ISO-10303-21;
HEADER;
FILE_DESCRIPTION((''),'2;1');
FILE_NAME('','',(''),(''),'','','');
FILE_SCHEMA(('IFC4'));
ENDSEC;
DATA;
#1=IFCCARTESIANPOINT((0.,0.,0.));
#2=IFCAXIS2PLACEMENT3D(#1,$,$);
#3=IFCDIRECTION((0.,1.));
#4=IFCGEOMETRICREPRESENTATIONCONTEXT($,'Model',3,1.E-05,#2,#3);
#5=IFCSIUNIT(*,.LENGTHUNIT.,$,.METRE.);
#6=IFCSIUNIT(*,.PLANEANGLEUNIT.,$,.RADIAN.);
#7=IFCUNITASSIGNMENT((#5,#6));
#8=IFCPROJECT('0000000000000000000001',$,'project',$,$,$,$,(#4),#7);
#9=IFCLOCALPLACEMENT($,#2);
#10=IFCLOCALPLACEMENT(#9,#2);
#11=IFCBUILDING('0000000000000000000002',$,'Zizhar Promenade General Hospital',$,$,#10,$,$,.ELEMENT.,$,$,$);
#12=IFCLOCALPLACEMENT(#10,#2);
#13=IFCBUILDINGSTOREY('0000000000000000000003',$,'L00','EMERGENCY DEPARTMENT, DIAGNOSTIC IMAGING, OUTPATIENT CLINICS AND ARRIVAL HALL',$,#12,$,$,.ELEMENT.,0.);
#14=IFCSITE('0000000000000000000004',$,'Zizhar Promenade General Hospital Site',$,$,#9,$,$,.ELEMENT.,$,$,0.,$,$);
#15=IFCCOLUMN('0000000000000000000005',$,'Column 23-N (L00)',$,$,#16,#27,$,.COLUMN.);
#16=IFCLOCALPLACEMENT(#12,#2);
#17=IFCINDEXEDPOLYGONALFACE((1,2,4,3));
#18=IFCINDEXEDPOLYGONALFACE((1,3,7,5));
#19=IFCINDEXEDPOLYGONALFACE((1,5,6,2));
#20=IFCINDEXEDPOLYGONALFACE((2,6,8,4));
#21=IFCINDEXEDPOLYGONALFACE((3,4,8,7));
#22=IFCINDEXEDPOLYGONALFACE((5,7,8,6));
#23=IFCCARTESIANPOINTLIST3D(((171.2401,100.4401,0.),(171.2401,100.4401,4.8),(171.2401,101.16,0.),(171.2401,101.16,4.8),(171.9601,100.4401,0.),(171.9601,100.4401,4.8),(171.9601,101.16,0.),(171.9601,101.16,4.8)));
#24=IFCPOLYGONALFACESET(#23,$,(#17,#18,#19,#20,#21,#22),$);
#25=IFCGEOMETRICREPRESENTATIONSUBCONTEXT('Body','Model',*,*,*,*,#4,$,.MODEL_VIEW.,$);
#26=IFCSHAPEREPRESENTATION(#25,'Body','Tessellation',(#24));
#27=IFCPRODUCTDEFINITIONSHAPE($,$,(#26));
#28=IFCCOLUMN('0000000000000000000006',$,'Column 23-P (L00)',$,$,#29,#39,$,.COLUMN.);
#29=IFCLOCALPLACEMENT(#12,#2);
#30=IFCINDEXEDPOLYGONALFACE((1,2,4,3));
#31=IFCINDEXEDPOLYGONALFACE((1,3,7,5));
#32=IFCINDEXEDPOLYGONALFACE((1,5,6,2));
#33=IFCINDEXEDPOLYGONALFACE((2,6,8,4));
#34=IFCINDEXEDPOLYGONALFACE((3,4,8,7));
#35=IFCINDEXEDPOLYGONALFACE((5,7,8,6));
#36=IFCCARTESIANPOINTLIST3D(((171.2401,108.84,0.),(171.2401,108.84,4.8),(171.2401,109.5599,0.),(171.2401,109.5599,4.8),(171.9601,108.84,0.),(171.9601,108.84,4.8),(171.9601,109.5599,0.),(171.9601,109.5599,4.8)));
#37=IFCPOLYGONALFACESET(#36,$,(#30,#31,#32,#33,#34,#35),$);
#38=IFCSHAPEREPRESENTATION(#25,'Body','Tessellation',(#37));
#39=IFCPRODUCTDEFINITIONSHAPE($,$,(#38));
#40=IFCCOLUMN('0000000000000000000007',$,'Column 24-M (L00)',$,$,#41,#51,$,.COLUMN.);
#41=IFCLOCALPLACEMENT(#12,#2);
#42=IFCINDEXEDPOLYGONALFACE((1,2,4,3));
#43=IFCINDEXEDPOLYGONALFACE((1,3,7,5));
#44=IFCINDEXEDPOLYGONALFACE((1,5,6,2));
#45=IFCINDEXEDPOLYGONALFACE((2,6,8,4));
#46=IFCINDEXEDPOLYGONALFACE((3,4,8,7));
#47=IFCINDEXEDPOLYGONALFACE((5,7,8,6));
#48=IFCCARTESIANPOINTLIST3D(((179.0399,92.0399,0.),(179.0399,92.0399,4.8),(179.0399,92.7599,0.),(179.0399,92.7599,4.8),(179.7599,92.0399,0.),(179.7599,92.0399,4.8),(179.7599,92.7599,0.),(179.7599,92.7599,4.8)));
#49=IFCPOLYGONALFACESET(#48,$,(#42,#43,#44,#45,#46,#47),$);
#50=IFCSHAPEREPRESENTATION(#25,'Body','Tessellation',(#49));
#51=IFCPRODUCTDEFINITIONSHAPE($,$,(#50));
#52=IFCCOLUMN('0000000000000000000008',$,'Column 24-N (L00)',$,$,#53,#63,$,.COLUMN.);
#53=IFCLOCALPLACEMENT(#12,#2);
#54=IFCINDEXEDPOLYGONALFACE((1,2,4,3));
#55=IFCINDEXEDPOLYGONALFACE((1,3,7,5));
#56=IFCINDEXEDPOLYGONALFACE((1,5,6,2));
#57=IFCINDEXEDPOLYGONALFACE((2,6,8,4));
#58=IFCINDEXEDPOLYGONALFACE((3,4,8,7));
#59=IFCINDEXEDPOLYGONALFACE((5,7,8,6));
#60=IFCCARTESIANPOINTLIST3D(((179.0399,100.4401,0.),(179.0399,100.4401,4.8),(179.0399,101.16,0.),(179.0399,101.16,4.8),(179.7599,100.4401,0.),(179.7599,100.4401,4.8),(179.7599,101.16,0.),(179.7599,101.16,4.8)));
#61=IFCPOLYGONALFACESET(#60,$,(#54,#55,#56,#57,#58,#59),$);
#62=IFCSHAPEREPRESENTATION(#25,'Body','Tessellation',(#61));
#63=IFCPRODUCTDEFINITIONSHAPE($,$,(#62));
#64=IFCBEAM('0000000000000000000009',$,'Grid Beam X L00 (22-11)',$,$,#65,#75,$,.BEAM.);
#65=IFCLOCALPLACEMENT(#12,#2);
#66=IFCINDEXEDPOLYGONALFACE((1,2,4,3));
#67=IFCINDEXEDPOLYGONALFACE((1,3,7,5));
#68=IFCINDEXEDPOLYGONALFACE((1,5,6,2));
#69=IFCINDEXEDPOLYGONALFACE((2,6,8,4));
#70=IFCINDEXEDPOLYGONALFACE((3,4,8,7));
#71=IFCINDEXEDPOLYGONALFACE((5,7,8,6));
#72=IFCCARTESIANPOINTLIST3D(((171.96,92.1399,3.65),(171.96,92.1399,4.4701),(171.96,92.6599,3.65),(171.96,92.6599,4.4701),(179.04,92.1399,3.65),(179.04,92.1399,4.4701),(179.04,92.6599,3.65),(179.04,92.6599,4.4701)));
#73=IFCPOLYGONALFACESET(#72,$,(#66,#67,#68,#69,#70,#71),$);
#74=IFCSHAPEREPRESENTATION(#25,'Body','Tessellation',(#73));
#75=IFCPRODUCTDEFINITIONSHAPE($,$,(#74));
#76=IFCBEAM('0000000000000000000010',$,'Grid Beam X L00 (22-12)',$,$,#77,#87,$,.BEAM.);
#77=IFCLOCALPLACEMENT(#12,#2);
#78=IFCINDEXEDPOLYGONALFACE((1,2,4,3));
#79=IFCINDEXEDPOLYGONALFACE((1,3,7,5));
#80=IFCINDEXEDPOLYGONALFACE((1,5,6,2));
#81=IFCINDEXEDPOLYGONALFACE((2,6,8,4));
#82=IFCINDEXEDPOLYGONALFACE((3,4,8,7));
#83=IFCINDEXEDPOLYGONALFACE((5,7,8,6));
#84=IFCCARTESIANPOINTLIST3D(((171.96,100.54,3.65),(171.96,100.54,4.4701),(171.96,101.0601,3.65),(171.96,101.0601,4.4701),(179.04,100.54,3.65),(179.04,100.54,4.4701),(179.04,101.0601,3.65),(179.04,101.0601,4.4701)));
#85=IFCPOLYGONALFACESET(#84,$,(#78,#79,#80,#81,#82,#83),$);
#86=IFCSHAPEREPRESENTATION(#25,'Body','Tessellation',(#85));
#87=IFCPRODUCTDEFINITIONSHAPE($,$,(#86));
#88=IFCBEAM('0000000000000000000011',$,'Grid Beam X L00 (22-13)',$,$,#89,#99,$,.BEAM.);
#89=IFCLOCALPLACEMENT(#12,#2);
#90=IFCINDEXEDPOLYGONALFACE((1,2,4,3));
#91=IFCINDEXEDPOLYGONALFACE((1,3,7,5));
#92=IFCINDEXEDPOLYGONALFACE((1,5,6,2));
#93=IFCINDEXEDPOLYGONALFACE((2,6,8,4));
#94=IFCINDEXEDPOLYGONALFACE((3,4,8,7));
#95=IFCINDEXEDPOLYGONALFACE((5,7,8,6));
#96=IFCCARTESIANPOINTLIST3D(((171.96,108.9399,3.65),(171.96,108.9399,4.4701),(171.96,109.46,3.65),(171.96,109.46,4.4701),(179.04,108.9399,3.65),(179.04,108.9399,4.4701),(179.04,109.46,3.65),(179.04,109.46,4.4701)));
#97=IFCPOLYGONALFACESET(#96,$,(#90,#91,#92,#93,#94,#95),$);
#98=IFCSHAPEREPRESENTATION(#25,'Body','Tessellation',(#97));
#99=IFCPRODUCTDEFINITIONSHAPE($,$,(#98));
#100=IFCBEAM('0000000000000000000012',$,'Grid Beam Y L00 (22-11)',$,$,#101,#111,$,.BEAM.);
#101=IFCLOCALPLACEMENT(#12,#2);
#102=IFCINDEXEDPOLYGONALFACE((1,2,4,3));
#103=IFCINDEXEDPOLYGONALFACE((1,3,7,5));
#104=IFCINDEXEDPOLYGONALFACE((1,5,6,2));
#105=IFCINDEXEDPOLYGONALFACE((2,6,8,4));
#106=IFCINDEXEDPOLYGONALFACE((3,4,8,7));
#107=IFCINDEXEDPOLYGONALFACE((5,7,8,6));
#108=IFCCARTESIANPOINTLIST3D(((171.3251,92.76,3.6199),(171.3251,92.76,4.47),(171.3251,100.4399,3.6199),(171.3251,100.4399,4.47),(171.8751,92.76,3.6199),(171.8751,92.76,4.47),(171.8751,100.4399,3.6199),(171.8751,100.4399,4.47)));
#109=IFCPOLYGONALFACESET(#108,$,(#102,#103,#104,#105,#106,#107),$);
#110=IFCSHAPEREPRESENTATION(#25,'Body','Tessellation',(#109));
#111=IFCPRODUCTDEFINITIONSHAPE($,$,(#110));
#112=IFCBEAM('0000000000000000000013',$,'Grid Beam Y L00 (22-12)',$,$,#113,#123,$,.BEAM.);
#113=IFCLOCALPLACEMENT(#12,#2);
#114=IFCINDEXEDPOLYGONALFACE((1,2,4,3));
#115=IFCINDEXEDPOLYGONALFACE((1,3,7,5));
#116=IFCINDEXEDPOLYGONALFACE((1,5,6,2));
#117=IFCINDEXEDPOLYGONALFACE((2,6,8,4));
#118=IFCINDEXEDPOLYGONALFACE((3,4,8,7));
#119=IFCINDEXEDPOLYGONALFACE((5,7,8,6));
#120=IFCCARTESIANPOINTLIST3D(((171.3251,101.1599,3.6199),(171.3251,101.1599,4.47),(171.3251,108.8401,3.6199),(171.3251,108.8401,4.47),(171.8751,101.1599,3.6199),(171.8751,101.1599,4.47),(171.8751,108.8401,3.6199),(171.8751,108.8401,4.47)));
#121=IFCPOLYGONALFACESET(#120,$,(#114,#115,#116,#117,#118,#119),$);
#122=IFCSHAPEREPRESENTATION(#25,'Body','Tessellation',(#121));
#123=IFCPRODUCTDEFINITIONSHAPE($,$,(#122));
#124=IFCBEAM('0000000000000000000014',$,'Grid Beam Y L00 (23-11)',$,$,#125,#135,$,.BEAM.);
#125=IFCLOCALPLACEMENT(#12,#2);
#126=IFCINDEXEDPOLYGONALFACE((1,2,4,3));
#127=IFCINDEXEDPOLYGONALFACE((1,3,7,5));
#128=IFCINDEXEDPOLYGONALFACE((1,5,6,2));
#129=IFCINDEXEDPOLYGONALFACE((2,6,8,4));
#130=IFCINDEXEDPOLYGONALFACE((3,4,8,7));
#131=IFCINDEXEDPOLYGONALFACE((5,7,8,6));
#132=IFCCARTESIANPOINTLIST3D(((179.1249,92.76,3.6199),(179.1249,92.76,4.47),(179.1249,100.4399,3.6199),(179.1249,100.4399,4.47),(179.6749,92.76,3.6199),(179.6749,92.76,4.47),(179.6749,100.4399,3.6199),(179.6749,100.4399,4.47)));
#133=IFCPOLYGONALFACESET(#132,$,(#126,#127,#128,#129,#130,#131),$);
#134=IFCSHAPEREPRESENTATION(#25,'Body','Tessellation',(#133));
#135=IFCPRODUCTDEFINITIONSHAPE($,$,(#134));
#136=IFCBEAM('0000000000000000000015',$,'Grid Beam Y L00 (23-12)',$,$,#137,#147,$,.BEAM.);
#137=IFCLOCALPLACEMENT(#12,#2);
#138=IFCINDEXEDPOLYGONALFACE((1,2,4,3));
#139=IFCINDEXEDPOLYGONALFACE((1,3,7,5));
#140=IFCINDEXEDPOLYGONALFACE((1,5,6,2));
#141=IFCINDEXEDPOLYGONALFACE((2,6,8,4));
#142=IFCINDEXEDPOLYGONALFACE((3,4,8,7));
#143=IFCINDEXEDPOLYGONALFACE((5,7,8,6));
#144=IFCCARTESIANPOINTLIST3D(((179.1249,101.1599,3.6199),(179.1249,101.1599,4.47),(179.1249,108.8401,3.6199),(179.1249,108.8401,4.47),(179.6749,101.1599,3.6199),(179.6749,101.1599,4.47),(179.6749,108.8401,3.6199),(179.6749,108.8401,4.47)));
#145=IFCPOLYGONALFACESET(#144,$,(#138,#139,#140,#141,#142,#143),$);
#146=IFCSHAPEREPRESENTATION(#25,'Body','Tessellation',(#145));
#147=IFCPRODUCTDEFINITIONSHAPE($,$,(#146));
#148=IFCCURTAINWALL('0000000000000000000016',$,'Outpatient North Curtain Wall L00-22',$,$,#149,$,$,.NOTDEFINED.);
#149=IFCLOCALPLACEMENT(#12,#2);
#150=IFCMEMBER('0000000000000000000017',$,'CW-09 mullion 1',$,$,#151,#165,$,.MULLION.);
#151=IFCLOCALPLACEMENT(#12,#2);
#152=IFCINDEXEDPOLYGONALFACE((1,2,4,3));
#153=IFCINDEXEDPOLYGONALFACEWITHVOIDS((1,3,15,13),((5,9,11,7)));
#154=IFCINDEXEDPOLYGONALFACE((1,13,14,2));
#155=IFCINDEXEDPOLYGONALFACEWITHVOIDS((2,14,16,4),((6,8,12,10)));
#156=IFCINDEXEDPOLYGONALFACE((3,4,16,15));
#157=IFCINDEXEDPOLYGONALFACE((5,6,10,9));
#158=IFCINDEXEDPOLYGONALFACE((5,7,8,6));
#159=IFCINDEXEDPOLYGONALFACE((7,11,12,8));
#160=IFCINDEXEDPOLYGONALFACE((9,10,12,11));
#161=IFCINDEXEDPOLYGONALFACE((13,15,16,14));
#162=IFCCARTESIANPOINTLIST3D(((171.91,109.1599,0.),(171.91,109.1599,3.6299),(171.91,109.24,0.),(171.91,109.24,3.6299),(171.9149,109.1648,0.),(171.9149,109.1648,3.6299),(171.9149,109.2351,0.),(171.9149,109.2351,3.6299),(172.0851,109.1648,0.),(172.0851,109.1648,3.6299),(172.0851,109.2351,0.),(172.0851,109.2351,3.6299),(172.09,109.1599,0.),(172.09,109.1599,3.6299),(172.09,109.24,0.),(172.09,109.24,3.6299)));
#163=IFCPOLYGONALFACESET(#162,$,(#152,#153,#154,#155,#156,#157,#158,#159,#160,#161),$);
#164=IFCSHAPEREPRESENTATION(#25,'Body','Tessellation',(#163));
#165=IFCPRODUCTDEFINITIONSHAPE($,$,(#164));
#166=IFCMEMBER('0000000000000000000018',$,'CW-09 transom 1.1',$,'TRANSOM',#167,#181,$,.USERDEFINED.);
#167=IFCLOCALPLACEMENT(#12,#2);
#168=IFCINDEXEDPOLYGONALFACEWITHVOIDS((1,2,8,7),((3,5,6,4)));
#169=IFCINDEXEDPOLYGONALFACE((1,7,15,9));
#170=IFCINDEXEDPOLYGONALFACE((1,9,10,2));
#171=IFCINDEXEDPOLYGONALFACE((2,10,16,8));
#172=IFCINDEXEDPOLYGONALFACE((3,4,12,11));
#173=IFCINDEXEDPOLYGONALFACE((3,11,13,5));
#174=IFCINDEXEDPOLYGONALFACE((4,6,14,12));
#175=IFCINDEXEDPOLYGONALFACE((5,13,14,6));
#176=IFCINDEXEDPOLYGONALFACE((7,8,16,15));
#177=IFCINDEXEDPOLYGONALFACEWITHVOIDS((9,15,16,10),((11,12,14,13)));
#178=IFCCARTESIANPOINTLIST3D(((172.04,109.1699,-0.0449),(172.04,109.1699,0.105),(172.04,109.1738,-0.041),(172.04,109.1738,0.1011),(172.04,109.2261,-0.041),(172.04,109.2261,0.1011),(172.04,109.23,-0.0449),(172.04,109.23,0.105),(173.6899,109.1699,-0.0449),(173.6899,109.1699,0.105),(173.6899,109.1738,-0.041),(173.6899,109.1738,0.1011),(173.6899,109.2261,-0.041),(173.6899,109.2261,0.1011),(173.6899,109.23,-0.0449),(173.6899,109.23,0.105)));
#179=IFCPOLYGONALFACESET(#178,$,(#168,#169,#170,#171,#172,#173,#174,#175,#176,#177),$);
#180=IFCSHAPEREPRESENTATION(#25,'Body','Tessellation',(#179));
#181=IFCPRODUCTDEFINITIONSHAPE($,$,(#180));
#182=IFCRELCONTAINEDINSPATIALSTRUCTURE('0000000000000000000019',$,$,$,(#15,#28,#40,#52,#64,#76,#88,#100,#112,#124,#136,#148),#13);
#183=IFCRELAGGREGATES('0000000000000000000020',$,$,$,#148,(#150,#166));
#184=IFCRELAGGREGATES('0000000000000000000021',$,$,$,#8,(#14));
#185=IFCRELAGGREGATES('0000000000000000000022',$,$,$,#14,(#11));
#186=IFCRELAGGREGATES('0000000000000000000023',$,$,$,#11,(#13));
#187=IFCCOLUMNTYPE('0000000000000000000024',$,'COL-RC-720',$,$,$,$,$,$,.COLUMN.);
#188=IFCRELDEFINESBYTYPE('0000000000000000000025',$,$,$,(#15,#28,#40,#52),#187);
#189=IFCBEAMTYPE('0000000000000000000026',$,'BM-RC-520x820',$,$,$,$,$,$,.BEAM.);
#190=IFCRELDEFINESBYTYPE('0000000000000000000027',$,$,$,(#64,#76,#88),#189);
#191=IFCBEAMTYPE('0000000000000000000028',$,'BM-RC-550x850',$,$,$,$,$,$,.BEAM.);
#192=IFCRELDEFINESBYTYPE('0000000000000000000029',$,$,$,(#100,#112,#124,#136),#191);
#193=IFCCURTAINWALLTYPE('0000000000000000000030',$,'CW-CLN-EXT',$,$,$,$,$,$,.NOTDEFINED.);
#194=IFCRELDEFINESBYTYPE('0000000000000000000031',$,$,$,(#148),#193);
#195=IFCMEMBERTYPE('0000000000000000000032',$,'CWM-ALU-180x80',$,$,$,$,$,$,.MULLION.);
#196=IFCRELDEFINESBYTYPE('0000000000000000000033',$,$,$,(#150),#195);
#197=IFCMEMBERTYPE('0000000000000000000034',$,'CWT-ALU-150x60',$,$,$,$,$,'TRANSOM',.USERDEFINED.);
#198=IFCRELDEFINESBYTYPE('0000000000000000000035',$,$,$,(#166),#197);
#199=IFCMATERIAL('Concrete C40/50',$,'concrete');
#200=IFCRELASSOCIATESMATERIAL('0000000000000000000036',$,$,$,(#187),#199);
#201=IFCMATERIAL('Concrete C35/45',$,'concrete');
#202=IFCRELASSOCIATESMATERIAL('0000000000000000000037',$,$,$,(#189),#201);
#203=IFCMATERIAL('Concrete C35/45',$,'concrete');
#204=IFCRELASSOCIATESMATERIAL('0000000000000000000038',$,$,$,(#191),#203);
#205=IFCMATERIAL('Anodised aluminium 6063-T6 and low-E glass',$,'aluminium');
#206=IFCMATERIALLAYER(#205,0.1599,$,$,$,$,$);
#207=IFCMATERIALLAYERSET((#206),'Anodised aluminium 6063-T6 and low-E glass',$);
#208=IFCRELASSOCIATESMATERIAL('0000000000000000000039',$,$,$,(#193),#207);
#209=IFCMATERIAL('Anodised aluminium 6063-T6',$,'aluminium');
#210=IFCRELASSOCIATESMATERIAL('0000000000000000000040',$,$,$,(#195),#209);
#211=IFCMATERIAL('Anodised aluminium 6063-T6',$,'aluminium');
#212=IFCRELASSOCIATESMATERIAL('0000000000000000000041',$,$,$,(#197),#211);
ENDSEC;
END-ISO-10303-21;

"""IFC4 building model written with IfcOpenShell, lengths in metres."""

from ifc_helpers import new_model, si_unit, direction, frame, origin, origin_2d, place, context, subcontext, project, spatial, rectangle, hollow_rectangle, extrude, material, layer, layer_set, material_profile, profile_set, type_object, element, aggregate, save


model = new_model("IFC4")

# Units and contexts
model_context = context("Model", 3, precision=1e-05, world=origin(), true_north=direction((0.0, 1.0)))
body_context = subcontext(model_context, "Body", "Model", "MODEL_VIEW")
ifc_project = project(units=[si_unit("LENGTHUNIT", "METRE"), si_unit("PLANEANGLEUNIT", "RADIAN")], contexts=[model_context])

# Site, building, storey
site_placement = place(None, origin())
site = spatial("IfcSite", under=ifc_project, at=site_placement, Name="Zizhar Promenade General Hospital Site", CompositionType="ELEMENT", RefElevation=0.0)
building_placement = place(site_placement, origin())
building = spatial("IfcBuilding", under=site, at=building_placement, Name="Zizhar Promenade General Hospital", CompositionType="ELEMENT")
storey_placement = place(building_placement, origin())
storey = spatial("IfcBuildingStorey", under=building, at=storey_placement, Name="L00", Description="EMERGENCY DEPARTMENT, DIAGNOSTIC IMAGING, OUTPATIENT CLINICS AND ARRIVAL HALL", CompositionType="ELEMENT", Elevation=0.0)

# Columns
ifc_material_1 = material(Name="Concrete C40/50", Category="concrete")
ifc_material_profile_1 = material_profile(ifc_material_1, rectangle(XDim=0.72, YDim=0.72, at=origin_2d()))
ifc_profile_set_1 = profile_set([ifc_material_profile_1], Name="Concrete C40/50")
column_type = type_object("IfcColumnType", Name="COL-RC-720", PredefinedType="COLUMN", material=ifc_profile_set_1)
for number, where, z_axis, x_axis, name in (
    (1, (171.6001, 100.8, 0.0), (0.0, 0.0, 1.0), (1.0, 0.0, 0.0), "Column 23-N (L00)"),
    (2, (171.6001, 109.2, 0.0), (0.0, 0.0, 1.0), (1.0, 0.0, 0.0), "Column 23-P (L00)"),
    (3, (179.3999, 92.3999, 0.0), (0.0, 0.0, 1.0), (1.0, 0.0, 0.0), "Column 24-M (L00)"),
    (4, (179.3999, 100.8, 0.0), (0.0, 0.0, 1.0), (1.0, 0.0, 0.0), "Column 24-N (L00)"),
):
    element("IfcColumn", number, at=place(storey_placement, frame(where, z_axis=z_axis, x_axis=x_axis)), inside=storey, type_object=column_type, Name=name, PredefinedType="COLUMN", context=body_context, shape_type="SweptSolid", body=[
        extrude(rectangle(XDim=0.72, YDim=0.72, at=origin_2d()), origin(), (0.0, 0.0, 1.0), 4.8),
    ])

# Beams
ifc_material_2 = material(Name="Concrete C35/45", Category="concrete")
ifc_material_profile_2 = material_profile(ifc_material_2, rectangle(XDim=0.52, YDim=0.8201, at=origin_2d()))
ifc_profile_set_2 = profile_set([ifc_material_profile_2], Name="Concrete C35/45")
beam_type_1 = type_object("IfcBeamType", Name="BM-RC-520x820", PredefinedType="BEAM", material=ifc_profile_set_2)
for number, where, z_axis, x_axis, name in (
    (5, (171.96, 92.3999, 4.0601), (1.0, 0.0, 0.0), (0.0, 1.0, 0.0), "Grid Beam X L00 (22-11)"),
    (6, (171.96, 100.8, 4.0601), (1.0, 0.0, 0.0), (0.0, 1.0, 0.0), "Grid Beam X L00 (22-12)"),
    (7, (171.96, 109.2, 4.0601), (1.0, 0.0, 0.0), (0.0, 1.0, 0.0), "Grid Beam X L00 (22-13)"),
):
    element("IfcBeam", number, at=place(storey_placement, frame(where, z_axis=z_axis, x_axis=x_axis)), inside=storey, type_object=beam_type_1, Name=name, PredefinedType="BEAM", context=body_context, shape_type="SweptSolid", body=[
        extrude(rectangle(XDim=0.52, YDim=0.8201, at=origin_2d()), origin(), (0.0, 0.0, 1.0), 7.0801),
    ])
ifc_material_3 = material(Name="Concrete C35/45", Category="concrete")
ifc_material_profile_3 = material_profile(ifc_material_3, rectangle(XDim=0.55, YDim=0.8501, at=origin_2d()))
ifc_profile_set_3 = profile_set([ifc_material_profile_3], Name="Concrete C35/45")
beam_type_2 = type_object("IfcBeamType", Name="BM-RC-550x850", PredefinedType="BEAM", material=ifc_profile_set_3)
beam_1_placement = place(storey_placement, frame((171.6001, 92.76, 4.0449), z_axis=(0.0, 1.0, 0.0), x_axis=(-1.0, 0.0, 0.0)))
element("IfcBeam", 8, at=beam_1_placement, inside=storey, type_object=beam_type_2, Name="Grid Beam Y L00 (22-11)", PredefinedType="BEAM", context=body_context, shape_type="SweptSolid", body=[
    extrude(rectangle(XDim=0.55, YDim=0.8501, at=origin_2d()), origin(), (0.0, 0.0, 1.0), 7.6799),
])
beam_2_placement = place(storey_placement, frame((171.6001, 101.1599, 4.0449), z_axis=(0.0, 1.0, 0.0), x_axis=(-1.0, 0.0, 0.0)))
element("IfcBeam", 9, at=beam_2_placement, inside=storey, type_object=beam_type_2, Name="Grid Beam Y L00 (22-12)", PredefinedType="BEAM", context=body_context, shape_type="SweptSolid", body=[
    extrude(rectangle(XDim=0.55, YDim=0.8501, at=origin_2d()), origin(), (0.0, 0.0, 1.0), 7.6802),
])
beam_3_placement = place(storey_placement, frame((179.3999, 92.76, 4.0449), z_axis=(0.0, 1.0, 0.0), x_axis=(-1.0, 0.0, 0.0)))
element("IfcBeam", 10, at=beam_3_placement, inside=storey, type_object=beam_type_2, Name="Grid Beam Y L00 (23-11)", PredefinedType="BEAM", context=body_context, shape_type="SweptSolid", body=[
    extrude(rectangle(XDim=0.55, YDim=0.8501, at=origin_2d()), origin(), (0.0, 0.0, 1.0), 7.6799),
])
beam_4_placement = place(storey_placement, frame((179.3999, 101.1599, 4.0449), z_axis=(0.0, 1.0, 0.0), x_axis=(-1.0, 0.0, 0.0)))
element("IfcBeam", 11, at=beam_4_placement, inside=storey, type_object=beam_type_2, Name="Grid Beam Y L00 (23-12)", PredefinedType="BEAM", context=body_context, shape_type="SweptSolid", body=[
    extrude(rectangle(XDim=0.55, YDim=0.8501, at=origin_2d()), origin(), (0.0, 0.0, 1.0), 7.6802),
])

# Curtain wall, members
ifc_material_4 = material(Name="Anodised aluminium 6063-T6 and low-E glass", Category="aluminium")
ifc_layer_1 = layer(ifc_material_4, 0.1599)
ifc_layer_set_1 = layer_set([ifc_layer_1], Name="Anodised aluminium 6063-T6 and low-E glass")
curtain_wall_type = type_object("IfcCurtainWallType", Name="CW-CLN-EXT", PredefinedType="NOTDEFINED", material=ifc_layer_set_1)
curtain_wall_placement = place(storey_placement, origin())
curtain_wall = element("IfcCurtainWall", 12, at=curtain_wall_placement, inside=storey, type_object=curtain_wall_type, Name="Outpatient North Curtain Wall L00-22", PredefinedType="NOTDEFINED")
ifc_material_5 = material(Name="Anodised aluminium 6063-T6", Category="aluminium")
ifc_material_profile_4 = material_profile(ifc_material_5, hollow_rectangle(XDim=0.0801, YDim=0.1799, WallThickness=0.0049, at=origin_2d()))
ifc_profile_set_4 = profile_set([ifc_material_profile_4], Name="Anodised aluminium 6063-T6")
member_type_1 = type_object("IfcMemberType", Name="CWM-ALU-180x80", PredefinedType="MULLION", material=ifc_profile_set_4)
member_1_placement = place(storey_placement, frame((172.0, 109.2, 0.0), z_axis=(0.0, 0.0, 1.0), x_axis=(0.0, 1.0, 0.0)))
member_1 = element("IfcMember", 13, at=member_1_placement, type_object=member_type_1, Name="CW-09 mullion 1", PredefinedType="MULLION", context=body_context, shape_type="SweptSolid", body=[
    extrude(hollow_rectangle(XDim=0.0801, YDim=0.1799, WallThickness=0.0049, at=origin_2d()), origin(), (0.0, 0.0, 1.0), 3.6299),
])
ifc_material_6 = material(Name="Anodised aluminium 6063-T6", Category="aluminium")
ifc_material_profile_5 = material_profile(ifc_material_6, hollow_rectangle(XDim=0.0601, YDim=0.1499, WallThickness=0.0039, at=origin_2d()))
ifc_profile_set_5 = profile_set([ifc_material_profile_5], Name="Anodised aluminium 6063-T6")
member_type_2 = type_object("IfcMemberType", Name="CWT-ALU-150x60", ElementType="TRANSOM", PredefinedType="USERDEFINED", material=ifc_profile_set_5)
member_2_placement = place(storey_placement, frame((172.04, 109.2, 0.03), z_axis=(1.0, 0.0, 0.0), x_axis=(0.0, 1.0, 0.0)))
member_2 = element("IfcMember", 14, at=member_2_placement, type_object=member_type_2, Name="CW-09 transom 1.1", ObjectType="TRANSOM", PredefinedType="USERDEFINED", context=body_context, shape_type="SweptSolid", body=[
    extrude(hollow_rectangle(XDim=0.0601, YDim=0.1499, WallThickness=0.0039, at=origin_2d()), origin(), (0.0, 0.0, 1.0), 1.6499),
])
aggregate(curtain_wall, [member_1, member_2])

save(model, "model.ifc")
